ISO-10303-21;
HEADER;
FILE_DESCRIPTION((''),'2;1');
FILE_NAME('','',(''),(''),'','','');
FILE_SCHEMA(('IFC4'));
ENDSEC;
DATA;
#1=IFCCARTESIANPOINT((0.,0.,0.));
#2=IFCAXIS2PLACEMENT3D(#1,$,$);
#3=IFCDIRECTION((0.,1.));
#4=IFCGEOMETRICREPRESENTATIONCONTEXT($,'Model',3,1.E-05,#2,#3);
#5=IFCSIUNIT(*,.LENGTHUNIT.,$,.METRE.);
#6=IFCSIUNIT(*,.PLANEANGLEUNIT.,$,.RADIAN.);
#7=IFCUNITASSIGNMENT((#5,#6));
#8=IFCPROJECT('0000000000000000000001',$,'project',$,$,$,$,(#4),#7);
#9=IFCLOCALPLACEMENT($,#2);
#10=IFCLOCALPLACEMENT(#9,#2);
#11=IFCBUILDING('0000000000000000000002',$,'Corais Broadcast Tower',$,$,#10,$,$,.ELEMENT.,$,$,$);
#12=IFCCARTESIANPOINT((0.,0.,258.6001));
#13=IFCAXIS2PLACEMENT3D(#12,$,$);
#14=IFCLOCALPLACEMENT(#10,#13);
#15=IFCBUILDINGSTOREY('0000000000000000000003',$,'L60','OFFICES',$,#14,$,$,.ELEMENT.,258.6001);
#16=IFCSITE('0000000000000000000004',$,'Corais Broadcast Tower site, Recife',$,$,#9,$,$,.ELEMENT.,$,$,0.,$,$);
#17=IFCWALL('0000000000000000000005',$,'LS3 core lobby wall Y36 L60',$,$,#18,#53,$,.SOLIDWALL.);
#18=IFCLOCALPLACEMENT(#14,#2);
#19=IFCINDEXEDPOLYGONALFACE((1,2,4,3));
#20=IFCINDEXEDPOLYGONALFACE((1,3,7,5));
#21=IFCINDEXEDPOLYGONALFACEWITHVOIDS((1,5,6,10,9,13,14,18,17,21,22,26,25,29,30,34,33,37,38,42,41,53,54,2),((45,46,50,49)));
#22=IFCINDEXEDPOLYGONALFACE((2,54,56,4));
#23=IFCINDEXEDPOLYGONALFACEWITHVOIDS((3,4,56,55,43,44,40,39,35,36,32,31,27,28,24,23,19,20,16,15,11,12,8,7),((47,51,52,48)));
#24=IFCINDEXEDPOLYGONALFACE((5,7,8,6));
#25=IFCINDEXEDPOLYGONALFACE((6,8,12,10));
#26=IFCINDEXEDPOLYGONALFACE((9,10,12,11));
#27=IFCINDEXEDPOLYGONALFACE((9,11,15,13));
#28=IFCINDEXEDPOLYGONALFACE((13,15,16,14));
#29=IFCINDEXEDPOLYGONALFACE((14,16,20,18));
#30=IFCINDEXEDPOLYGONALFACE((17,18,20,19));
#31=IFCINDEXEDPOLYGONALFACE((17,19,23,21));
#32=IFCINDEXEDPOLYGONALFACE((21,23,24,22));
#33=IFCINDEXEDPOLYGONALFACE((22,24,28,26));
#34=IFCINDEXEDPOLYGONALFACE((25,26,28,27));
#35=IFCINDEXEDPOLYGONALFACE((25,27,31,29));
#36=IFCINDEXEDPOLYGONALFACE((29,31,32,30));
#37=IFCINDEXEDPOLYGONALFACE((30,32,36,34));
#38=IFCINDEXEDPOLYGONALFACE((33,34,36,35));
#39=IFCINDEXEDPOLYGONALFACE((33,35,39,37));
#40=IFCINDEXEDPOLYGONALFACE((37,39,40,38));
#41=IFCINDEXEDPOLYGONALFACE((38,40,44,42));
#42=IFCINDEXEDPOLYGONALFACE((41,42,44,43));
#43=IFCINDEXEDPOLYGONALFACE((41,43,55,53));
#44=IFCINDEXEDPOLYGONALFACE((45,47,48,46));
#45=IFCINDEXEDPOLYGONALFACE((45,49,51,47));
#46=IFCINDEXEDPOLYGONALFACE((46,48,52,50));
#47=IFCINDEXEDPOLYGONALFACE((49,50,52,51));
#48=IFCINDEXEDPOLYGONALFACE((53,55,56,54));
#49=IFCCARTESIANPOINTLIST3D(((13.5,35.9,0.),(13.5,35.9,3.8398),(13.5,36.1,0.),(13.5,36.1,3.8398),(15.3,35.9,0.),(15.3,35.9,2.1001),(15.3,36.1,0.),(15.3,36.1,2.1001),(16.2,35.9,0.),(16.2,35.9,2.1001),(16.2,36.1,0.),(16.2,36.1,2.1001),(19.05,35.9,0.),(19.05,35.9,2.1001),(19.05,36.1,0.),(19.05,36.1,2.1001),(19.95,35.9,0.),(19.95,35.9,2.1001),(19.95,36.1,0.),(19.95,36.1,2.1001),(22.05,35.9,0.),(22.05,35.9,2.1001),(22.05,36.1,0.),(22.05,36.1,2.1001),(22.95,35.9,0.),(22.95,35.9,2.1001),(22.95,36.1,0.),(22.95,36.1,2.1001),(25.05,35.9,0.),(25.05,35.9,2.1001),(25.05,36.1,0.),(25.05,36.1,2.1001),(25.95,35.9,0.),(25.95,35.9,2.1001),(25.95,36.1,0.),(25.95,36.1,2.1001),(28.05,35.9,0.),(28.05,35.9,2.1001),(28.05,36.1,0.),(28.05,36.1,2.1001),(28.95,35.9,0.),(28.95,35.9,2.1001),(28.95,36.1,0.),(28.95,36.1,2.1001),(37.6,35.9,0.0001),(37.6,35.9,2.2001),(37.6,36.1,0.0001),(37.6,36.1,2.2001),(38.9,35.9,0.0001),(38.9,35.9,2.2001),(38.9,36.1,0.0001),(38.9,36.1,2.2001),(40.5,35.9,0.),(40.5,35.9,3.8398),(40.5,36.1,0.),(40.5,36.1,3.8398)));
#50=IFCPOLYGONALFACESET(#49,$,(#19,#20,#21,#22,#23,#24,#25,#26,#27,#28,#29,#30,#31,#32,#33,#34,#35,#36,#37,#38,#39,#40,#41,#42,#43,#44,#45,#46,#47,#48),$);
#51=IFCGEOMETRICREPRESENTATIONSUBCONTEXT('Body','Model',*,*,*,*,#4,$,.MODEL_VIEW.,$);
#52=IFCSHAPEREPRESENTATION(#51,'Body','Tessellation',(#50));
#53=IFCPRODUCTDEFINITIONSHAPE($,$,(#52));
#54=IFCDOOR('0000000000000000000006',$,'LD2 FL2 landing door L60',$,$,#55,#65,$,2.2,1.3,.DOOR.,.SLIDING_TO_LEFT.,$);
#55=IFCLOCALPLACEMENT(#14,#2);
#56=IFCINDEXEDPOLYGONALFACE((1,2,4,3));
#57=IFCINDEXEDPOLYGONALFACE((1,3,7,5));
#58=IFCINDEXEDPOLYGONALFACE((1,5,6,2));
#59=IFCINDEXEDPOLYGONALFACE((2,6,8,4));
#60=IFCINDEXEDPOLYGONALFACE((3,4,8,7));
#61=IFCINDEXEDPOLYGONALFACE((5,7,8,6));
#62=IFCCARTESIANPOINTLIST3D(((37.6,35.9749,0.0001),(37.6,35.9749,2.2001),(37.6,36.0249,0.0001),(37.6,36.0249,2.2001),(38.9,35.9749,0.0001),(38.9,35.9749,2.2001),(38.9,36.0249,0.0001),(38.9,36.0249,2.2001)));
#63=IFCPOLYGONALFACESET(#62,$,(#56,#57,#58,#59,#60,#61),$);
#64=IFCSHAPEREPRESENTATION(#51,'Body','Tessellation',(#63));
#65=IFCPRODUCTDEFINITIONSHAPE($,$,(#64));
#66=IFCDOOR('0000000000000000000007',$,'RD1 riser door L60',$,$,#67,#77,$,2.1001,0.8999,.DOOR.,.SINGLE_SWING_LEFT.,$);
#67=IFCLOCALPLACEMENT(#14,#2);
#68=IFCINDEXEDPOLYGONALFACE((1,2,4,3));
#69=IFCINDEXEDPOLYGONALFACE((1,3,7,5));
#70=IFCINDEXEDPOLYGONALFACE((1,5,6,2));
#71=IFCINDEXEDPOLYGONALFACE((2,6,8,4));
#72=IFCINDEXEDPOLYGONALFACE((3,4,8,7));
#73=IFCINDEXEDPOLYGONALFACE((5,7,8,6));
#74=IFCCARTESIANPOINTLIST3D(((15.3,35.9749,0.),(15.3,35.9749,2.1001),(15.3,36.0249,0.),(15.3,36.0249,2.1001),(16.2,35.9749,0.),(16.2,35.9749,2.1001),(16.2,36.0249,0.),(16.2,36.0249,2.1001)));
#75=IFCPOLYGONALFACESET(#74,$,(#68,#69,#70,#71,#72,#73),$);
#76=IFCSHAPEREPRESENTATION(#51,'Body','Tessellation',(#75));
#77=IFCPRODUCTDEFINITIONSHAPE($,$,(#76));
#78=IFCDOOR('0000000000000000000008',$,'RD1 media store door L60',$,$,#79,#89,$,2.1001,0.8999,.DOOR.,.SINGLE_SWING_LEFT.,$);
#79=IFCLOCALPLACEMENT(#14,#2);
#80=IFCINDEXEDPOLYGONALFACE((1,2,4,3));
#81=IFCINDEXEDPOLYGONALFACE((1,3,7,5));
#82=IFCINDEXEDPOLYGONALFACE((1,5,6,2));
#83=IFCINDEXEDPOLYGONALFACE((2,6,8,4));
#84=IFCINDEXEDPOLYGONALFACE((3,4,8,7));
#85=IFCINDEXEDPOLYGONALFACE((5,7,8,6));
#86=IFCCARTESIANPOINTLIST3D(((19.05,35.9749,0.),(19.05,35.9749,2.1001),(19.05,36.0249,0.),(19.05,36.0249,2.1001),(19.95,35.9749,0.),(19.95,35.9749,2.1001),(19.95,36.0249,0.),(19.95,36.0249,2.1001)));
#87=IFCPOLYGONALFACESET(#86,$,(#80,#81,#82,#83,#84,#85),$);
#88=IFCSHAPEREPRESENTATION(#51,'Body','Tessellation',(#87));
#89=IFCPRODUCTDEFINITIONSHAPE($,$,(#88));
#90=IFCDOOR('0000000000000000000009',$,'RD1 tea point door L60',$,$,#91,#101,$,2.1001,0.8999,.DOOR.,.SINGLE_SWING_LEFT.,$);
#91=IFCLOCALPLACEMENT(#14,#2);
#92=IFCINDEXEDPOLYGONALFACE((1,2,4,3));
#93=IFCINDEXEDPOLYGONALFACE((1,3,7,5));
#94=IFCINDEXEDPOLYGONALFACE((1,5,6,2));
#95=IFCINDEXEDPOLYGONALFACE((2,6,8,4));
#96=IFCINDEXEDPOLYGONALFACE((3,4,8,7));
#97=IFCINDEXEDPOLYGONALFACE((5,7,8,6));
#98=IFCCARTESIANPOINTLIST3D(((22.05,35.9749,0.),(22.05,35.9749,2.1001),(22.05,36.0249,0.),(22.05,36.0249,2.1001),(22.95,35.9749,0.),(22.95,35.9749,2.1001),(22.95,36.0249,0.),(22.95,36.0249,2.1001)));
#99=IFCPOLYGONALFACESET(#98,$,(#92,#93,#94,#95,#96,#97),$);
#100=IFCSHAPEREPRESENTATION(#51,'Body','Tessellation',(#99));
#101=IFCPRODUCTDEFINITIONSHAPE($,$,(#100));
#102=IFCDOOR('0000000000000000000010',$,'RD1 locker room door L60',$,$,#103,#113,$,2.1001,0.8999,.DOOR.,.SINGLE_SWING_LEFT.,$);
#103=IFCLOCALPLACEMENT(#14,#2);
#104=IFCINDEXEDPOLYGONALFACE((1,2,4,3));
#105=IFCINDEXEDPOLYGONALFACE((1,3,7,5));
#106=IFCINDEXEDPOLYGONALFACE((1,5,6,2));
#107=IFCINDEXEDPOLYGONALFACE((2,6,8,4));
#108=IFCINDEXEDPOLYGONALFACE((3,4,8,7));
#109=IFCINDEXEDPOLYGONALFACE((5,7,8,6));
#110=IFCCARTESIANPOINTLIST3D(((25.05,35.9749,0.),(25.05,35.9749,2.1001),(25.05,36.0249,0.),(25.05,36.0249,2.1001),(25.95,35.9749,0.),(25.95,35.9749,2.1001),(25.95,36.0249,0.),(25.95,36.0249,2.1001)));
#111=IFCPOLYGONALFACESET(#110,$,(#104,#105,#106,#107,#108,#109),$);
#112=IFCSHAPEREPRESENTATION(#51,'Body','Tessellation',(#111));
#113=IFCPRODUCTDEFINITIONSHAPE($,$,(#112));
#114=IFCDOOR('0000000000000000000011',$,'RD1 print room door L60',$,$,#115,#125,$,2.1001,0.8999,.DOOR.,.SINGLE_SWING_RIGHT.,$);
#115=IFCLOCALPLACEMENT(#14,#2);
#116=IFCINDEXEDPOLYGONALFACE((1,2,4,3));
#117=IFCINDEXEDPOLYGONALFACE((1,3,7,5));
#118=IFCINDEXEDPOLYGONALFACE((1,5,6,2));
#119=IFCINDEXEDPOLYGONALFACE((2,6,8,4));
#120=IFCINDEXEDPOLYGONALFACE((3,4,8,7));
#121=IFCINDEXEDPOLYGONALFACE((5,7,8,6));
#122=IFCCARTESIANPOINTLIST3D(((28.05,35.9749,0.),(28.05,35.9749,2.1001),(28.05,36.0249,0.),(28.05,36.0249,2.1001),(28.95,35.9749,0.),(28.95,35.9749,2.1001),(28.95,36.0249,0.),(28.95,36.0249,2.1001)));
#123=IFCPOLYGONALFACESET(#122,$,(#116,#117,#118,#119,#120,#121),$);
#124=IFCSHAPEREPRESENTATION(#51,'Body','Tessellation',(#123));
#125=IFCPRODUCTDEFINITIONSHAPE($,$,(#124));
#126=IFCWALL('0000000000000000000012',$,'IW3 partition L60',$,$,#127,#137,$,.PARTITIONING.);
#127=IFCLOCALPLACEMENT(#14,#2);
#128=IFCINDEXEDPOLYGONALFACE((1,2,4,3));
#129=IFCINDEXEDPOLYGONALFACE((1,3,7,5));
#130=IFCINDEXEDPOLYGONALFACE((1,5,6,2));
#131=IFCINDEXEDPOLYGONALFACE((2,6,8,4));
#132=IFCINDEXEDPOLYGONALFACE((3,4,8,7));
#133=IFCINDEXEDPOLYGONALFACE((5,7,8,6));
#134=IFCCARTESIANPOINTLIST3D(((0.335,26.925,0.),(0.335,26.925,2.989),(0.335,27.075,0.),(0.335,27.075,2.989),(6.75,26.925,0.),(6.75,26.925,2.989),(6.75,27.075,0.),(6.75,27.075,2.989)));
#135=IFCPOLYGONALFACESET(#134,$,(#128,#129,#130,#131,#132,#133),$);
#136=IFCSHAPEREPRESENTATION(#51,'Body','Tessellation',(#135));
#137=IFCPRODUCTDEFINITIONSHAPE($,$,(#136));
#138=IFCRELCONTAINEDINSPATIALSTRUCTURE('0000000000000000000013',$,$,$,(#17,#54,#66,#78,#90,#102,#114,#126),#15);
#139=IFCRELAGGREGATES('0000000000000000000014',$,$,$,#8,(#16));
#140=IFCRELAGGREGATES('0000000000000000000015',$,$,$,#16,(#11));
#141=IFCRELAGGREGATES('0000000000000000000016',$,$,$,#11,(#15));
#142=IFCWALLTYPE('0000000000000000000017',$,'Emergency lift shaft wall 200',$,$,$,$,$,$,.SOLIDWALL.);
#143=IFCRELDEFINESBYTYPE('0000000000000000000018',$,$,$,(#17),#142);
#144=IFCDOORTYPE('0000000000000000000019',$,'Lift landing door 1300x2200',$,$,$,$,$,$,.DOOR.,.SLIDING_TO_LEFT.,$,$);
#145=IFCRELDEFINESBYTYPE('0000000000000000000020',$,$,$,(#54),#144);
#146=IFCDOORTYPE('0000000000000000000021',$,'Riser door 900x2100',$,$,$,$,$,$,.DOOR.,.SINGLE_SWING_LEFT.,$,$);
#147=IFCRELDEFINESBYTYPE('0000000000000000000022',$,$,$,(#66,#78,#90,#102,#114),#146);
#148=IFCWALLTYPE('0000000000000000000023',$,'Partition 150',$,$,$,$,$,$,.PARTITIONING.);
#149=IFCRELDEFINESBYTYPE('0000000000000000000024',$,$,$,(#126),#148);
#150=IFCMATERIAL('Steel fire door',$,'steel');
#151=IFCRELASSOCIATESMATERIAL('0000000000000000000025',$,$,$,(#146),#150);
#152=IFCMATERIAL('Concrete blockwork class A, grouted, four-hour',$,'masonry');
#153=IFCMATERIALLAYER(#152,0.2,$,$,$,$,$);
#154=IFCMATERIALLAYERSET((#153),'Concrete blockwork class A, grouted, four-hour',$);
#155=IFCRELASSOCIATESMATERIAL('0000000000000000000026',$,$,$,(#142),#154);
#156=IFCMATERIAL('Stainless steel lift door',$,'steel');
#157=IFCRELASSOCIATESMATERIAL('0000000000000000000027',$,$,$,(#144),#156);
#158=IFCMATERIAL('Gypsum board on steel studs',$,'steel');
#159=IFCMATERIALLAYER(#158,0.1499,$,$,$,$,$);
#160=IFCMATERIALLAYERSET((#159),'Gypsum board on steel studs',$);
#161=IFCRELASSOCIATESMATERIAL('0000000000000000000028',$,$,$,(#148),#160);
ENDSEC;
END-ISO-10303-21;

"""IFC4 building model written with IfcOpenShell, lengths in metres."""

from ifc_helpers import new_model, si_unit, direction, frame, frame_2d, origin, place, context, subcontext, project, spatial, rectangle, extrude, material, layer, layer_set, type_object, element, fill, save


model = new_model("IFC4")

# Units and contexts
model_context = context("Model", 3, precision=1e-05, world=origin(), true_north=direction((0.0, 1.0)))
body_context = subcontext(model_context, "Body", "Model", "MODEL_VIEW")
ifc_project = project(units=[si_unit("LENGTHUNIT", "METRE"), si_unit("PLANEANGLEUNIT", "RADIAN")], contexts=[model_context])

# Site, building, storey
site_placement = place(None, origin())
site = spatial("IfcSite", under=ifc_project, at=site_placement, Name="Corais Broadcast Tower site, Recife", CompositionType="ELEMENT", RefElevation=0.0)
building_placement = place(site_placement, origin())
building = spatial("IfcBuilding", under=site, at=building_placement, Name="Corais Broadcast Tower", CompositionType="ELEMENT")
storey_placement = place(building_placement, frame((0.0, 0.0, 258.6001)))
storey = spatial("IfcBuildingStorey", under=building, at=storey_placement, Name="L60", Description="OFFICES", CompositionType="ELEMENT", Elevation=258.6001)

# Wall, openings, doors
ifc_material_1 = material(Name="Steel fire door", Category="steel")
door_type_1 = type_object("IfcDoorType", Name="Riser door 900x2100", OperationType="SINGLE_SWING_LEFT", PredefinedType="DOOR", material=ifc_material_1)
ifc_material_2 = material(Name="Concrete blockwork class A, grouted, four-hour", Category="masonry")
ifc_layer_1 = layer(ifc_material_2, 0.2)
ifc_layer_set_1 = layer_set([ifc_layer_1], Name="Concrete blockwork class A, grouted, four-hour")
wall_type_1 = type_object("IfcWallType", Name="Emergency lift shaft wall 200", PredefinedType="SOLIDWALL", material=ifc_layer_set_1)
wall_1_placement = place(storey_placement, frame((13.5, 36.0, 0.0), z_axis=(0.0, 0.0, 1.0), x_axis=(1.0, 0.0, 0.0)))
wall_1 = element("IfcWall", 1, at=wall_1_placement, inside=storey, type_object=wall_type_1, Name="LS3 core lobby wall Y36 L60", PredefinedType="SOLIDWALL", context=body_context, shape_type="SweptSolid", body=[
    extrude(rectangle(XDim=27.0, YDim=0.2, at=frame_2d((13.5, 0.0))), origin(), (0.0, 0.0, 1.0), 3.8398),
])
opening_1_placement = place(wall_1_placement, frame((1.8, 0.0, 0.0)))
opening_1 = element("IfcOpeningElement", 2, at=opening_1_placement, cuts=wall_1, PredefinedType="OPENING", context=body_context, shape_type="SweptSolid", body=[
    extrude(rectangle(XDim=0.8999, YDim=2.1001, at=frame_2d((0.45, 1.05))), frame((0.0, 0.1099, 0.0), z_axis=(0.0, -1.0, 0.0), x_axis=(1.0, 0.0, 0.0)), (0.0, 0.0, 1.0), 0.22),
])
opening_2_placement = place(wall_1_placement, frame((5.55, 0.0, 0.0)))
opening_2 = element("IfcOpeningElement", 3, at=opening_2_placement, cuts=wall_1, PredefinedType="OPENING", context=body_context, shape_type="SweptSolid", body=[
    extrude(rectangle(XDim=0.8999, YDim=2.1001, at=frame_2d((0.45, 1.05))), frame((0.0, 0.1099, 0.0), z_axis=(0.0, -1.0, 0.0), x_axis=(1.0, 0.0, 0.0)), (0.0, 0.0, 1.0), 0.22),
])
opening_3_placement = place(wall_1_placement, frame((8.55, 0.0, 0.0)))
opening_3 = element("IfcOpeningElement", 4, at=opening_3_placement, cuts=wall_1, PredefinedType="OPENING", context=body_context, shape_type="SweptSolid", body=[
    extrude(rectangle(XDim=0.8999, YDim=2.1001, at=frame_2d((0.45, 1.05))), frame((0.0, 0.1099, 0.0), z_axis=(0.0, -1.0, 0.0), x_axis=(1.0, 0.0, 0.0)), (0.0, 0.0, 1.0), 0.22),
])
opening_4_placement = place(wall_1_placement, frame((11.55, 0.0, 0.0)))
opening_4 = element("IfcOpeningElement", 5, at=opening_4_placement, cuts=wall_1, PredefinedType="OPENING", context=body_context, shape_type="SweptSolid", body=[
    extrude(rectangle(XDim=0.8999, YDim=2.1001, at=frame_2d((0.45, 1.05))), frame((0.0, 0.1099, 0.0), z_axis=(0.0, -1.0, 0.0), x_axis=(1.0, 0.0, 0.0)), (0.0, 0.0, 1.0), 0.22),
])
opening_5_placement = place(wall_1_placement, frame((14.55, 0.0, 0.0)))
opening_5 = element("IfcOpeningElement", 6, at=opening_5_placement, cuts=wall_1, PredefinedType="OPENING", context=body_context, shape_type="SweptSolid", body=[
    extrude(rectangle(XDim=0.8999, YDim=2.1001, at=frame_2d((0.45, 1.05))), frame((0.0, 0.1099, 0.0), z_axis=(0.0, -1.0, 0.0), x_axis=(1.0, 0.0, 0.0)), (0.0, 0.0, 1.0), 0.22),
])
opening_6_placement = place(wall_1_placement, frame((24.1001, 0.0, 0.0)))
opening_6 = element("IfcOpeningElement", 7, at=opening_6_placement, cuts=wall_1, PredefinedType="OPENING", context=body_context, shape_type="SweptSolid", body=[
    extrude(rectangle(XDim=1.3, YDim=2.2, at=frame_2d((0.6499, 1.1001))), frame((0.0, 0.1099, 0.0), z_axis=(0.0, -1.0, 0.0), x_axis=(1.0, 0.0, 0.0)), (0.0, 0.0, 1.0), 0.22),
])
ifc_material_3 = material(Name="Stainless steel lift door", Category="steel")
door_type_2 = type_object("IfcDoorType", Name="Lift landing door 1300x2200", OperationType="SLIDING_TO_LEFT", PredefinedType="DOOR", material=ifc_material_3)
door_1_placement = place(opening_6_placement, origin())
door_1 = element("IfcDoor", 8, at=door_1_placement, inside=storey, type_object=door_type_2, Name="LD2 FL2 landing door L60", OperationType="SLIDING_TO_LEFT", OverallHeight=2.2, OverallWidth=1.3, PredefinedType="DOOR", context=body_context, shape_type="SweptSolid", body=[
    extrude(rectangle(XDim=1.3, YDim=2.2, at=frame_2d((0.6499, 1.1001))), frame((0.0, 0.0249, 0.0), z_axis=(0.0, -1.0, 0.0), x_axis=(1.0, 0.0, 0.0)), (0.0, 0.0, 1.0), 0.05),
])
fill(opening_6, door_1)
door_2_placement = place(opening_1_placement, origin())
door_2 = element("IfcDoor", 9, at=door_2_placement, inside=storey, type_object=door_type_1, Name="RD1 riser door L60", OperationType="SINGLE_SWING_LEFT", OverallHeight=2.1001, OverallWidth=0.8999, PredefinedType="DOOR", context=body_context, shape_type="SweptSolid", body=[
    extrude(rectangle(XDim=0.8999, YDim=2.1001, at=frame_2d((0.45, 1.05))), frame((0.0, 0.0249, 0.0), z_axis=(0.0, -1.0, 0.0), x_axis=(1.0, 0.0, 0.0)), (0.0, 0.0, 1.0), 0.05),
])
fill(opening_1, door_2)
door_3_placement = place(opening_2_placement, origin())
door_3 = element("IfcDoor", 10, at=door_3_placement, inside=storey, type_object=door_type_1, Name="RD1 media store door L60", OperationType="SINGLE_SWING_LEFT", OverallHeight=2.1001, OverallWidth=0.8999, PredefinedType="DOOR", context=body_context, shape_type="SweptSolid", body=[
    extrude(rectangle(XDim=0.8999, YDim=2.1001, at=frame_2d((0.45, 1.05))), frame((0.0, 0.0249, 0.0), z_axis=(0.0, -1.0, 0.0), x_axis=(1.0, 0.0, 0.0)), (0.0, 0.0, 1.0), 0.05),
])
fill(opening_2, door_3)
door_4_placement = place(opening_3_placement, origin())
door_4 = element("IfcDoor", 11, at=door_4_placement, inside=storey, type_object=door_type_1, Name="RD1 tea point door L60", OperationType="SINGLE_SWING_LEFT", OverallHeight=2.1001, OverallWidth=0.8999, PredefinedType="DOOR", context=body_context, shape_type="SweptSolid", body=[
    extrude(rectangle(XDim=0.8999, YDim=2.1001, at=frame_2d((0.45, 1.05))), frame((0.0, 0.0249, 0.0), z_axis=(0.0, -1.0, 0.0), x_axis=(1.0, 0.0, 0.0)), (0.0, 0.0, 1.0), 0.05),
])
fill(opening_3, door_4)
door_5_placement = place(opening_4_placement, origin())
door_5 = element("IfcDoor", 12, at=door_5_placement, inside=storey, type_object=door_type_1, Name="RD1 locker room door L60", OperationType="SINGLE_SWING_LEFT", OverallHeight=2.1001, OverallWidth=0.8999, PredefinedType="DOOR", context=body_context, shape_type="SweptSolid", body=[
    extrude(rectangle(XDim=0.8999, YDim=2.1001, at=frame_2d((0.45, 1.05))), frame((0.0, 0.0249, 0.0), z_axis=(0.0, -1.0, 0.0), x_axis=(1.0, 0.0, 0.0)), (0.0, 0.0, 1.0), 0.05),
])
fill(opening_4, door_5)
door_6_placement = place(opening_5_placement, origin())
door_6 = element("IfcDoor", 13, at=door_6_placement, inside=storey, type_object=door_type_1, Name="RD1 print room door L60", OperationType="SINGLE_SWING_RIGHT", OverallHeight=2.1001, OverallWidth=0.8999, PredefinedType="DOOR", context=body_context, shape_type="SweptSolid", body=[
    extrude(rectangle(XDim=0.8999, YDim=2.1001, at=frame_2d((0.45, 1.05))), frame((0.0, 0.0249, 0.0), z_axis=(0.0, -1.0, 0.0), x_axis=(1.0, 0.0, 0.0)), (0.0, 0.0, 1.0), 0.05),
])
fill(opening_5, door_6)

# Wall
ifc_material_4 = material(Name="Gypsum board on steel studs", Category="steel")
ifc_layer_2 = layer(ifc_material_4, 0.1499)
ifc_layer_set_2 = layer_set([ifc_layer_2], Name="Gypsum board on steel studs")
wall_type_2 = type_object("IfcWallType", Name="Partition 150", PredefinedType="PARTITIONING", material=ifc_layer_set_2)
wall_2_placement = place(storey_placement, frame((6.75, 27.0, 0.0), z_axis=(0.0, 0.0, 1.0), x_axis=(-1.0, 0.0, 0.0)))
element("IfcWall", 14, at=wall_2_placement, inside=storey, type_object=wall_type_2, Name="IW3 partition L60", PredefinedType="PARTITIONING", context=body_context, shape_type="SweptSolid", body=[
    extrude(rectangle(XDim=6.415, YDim=0.1499, at=frame_2d((3.2075, 0.0))), origin(), (0.0, 0.0, 1.0), 2.989),
])

save(model, "model.ifc")
